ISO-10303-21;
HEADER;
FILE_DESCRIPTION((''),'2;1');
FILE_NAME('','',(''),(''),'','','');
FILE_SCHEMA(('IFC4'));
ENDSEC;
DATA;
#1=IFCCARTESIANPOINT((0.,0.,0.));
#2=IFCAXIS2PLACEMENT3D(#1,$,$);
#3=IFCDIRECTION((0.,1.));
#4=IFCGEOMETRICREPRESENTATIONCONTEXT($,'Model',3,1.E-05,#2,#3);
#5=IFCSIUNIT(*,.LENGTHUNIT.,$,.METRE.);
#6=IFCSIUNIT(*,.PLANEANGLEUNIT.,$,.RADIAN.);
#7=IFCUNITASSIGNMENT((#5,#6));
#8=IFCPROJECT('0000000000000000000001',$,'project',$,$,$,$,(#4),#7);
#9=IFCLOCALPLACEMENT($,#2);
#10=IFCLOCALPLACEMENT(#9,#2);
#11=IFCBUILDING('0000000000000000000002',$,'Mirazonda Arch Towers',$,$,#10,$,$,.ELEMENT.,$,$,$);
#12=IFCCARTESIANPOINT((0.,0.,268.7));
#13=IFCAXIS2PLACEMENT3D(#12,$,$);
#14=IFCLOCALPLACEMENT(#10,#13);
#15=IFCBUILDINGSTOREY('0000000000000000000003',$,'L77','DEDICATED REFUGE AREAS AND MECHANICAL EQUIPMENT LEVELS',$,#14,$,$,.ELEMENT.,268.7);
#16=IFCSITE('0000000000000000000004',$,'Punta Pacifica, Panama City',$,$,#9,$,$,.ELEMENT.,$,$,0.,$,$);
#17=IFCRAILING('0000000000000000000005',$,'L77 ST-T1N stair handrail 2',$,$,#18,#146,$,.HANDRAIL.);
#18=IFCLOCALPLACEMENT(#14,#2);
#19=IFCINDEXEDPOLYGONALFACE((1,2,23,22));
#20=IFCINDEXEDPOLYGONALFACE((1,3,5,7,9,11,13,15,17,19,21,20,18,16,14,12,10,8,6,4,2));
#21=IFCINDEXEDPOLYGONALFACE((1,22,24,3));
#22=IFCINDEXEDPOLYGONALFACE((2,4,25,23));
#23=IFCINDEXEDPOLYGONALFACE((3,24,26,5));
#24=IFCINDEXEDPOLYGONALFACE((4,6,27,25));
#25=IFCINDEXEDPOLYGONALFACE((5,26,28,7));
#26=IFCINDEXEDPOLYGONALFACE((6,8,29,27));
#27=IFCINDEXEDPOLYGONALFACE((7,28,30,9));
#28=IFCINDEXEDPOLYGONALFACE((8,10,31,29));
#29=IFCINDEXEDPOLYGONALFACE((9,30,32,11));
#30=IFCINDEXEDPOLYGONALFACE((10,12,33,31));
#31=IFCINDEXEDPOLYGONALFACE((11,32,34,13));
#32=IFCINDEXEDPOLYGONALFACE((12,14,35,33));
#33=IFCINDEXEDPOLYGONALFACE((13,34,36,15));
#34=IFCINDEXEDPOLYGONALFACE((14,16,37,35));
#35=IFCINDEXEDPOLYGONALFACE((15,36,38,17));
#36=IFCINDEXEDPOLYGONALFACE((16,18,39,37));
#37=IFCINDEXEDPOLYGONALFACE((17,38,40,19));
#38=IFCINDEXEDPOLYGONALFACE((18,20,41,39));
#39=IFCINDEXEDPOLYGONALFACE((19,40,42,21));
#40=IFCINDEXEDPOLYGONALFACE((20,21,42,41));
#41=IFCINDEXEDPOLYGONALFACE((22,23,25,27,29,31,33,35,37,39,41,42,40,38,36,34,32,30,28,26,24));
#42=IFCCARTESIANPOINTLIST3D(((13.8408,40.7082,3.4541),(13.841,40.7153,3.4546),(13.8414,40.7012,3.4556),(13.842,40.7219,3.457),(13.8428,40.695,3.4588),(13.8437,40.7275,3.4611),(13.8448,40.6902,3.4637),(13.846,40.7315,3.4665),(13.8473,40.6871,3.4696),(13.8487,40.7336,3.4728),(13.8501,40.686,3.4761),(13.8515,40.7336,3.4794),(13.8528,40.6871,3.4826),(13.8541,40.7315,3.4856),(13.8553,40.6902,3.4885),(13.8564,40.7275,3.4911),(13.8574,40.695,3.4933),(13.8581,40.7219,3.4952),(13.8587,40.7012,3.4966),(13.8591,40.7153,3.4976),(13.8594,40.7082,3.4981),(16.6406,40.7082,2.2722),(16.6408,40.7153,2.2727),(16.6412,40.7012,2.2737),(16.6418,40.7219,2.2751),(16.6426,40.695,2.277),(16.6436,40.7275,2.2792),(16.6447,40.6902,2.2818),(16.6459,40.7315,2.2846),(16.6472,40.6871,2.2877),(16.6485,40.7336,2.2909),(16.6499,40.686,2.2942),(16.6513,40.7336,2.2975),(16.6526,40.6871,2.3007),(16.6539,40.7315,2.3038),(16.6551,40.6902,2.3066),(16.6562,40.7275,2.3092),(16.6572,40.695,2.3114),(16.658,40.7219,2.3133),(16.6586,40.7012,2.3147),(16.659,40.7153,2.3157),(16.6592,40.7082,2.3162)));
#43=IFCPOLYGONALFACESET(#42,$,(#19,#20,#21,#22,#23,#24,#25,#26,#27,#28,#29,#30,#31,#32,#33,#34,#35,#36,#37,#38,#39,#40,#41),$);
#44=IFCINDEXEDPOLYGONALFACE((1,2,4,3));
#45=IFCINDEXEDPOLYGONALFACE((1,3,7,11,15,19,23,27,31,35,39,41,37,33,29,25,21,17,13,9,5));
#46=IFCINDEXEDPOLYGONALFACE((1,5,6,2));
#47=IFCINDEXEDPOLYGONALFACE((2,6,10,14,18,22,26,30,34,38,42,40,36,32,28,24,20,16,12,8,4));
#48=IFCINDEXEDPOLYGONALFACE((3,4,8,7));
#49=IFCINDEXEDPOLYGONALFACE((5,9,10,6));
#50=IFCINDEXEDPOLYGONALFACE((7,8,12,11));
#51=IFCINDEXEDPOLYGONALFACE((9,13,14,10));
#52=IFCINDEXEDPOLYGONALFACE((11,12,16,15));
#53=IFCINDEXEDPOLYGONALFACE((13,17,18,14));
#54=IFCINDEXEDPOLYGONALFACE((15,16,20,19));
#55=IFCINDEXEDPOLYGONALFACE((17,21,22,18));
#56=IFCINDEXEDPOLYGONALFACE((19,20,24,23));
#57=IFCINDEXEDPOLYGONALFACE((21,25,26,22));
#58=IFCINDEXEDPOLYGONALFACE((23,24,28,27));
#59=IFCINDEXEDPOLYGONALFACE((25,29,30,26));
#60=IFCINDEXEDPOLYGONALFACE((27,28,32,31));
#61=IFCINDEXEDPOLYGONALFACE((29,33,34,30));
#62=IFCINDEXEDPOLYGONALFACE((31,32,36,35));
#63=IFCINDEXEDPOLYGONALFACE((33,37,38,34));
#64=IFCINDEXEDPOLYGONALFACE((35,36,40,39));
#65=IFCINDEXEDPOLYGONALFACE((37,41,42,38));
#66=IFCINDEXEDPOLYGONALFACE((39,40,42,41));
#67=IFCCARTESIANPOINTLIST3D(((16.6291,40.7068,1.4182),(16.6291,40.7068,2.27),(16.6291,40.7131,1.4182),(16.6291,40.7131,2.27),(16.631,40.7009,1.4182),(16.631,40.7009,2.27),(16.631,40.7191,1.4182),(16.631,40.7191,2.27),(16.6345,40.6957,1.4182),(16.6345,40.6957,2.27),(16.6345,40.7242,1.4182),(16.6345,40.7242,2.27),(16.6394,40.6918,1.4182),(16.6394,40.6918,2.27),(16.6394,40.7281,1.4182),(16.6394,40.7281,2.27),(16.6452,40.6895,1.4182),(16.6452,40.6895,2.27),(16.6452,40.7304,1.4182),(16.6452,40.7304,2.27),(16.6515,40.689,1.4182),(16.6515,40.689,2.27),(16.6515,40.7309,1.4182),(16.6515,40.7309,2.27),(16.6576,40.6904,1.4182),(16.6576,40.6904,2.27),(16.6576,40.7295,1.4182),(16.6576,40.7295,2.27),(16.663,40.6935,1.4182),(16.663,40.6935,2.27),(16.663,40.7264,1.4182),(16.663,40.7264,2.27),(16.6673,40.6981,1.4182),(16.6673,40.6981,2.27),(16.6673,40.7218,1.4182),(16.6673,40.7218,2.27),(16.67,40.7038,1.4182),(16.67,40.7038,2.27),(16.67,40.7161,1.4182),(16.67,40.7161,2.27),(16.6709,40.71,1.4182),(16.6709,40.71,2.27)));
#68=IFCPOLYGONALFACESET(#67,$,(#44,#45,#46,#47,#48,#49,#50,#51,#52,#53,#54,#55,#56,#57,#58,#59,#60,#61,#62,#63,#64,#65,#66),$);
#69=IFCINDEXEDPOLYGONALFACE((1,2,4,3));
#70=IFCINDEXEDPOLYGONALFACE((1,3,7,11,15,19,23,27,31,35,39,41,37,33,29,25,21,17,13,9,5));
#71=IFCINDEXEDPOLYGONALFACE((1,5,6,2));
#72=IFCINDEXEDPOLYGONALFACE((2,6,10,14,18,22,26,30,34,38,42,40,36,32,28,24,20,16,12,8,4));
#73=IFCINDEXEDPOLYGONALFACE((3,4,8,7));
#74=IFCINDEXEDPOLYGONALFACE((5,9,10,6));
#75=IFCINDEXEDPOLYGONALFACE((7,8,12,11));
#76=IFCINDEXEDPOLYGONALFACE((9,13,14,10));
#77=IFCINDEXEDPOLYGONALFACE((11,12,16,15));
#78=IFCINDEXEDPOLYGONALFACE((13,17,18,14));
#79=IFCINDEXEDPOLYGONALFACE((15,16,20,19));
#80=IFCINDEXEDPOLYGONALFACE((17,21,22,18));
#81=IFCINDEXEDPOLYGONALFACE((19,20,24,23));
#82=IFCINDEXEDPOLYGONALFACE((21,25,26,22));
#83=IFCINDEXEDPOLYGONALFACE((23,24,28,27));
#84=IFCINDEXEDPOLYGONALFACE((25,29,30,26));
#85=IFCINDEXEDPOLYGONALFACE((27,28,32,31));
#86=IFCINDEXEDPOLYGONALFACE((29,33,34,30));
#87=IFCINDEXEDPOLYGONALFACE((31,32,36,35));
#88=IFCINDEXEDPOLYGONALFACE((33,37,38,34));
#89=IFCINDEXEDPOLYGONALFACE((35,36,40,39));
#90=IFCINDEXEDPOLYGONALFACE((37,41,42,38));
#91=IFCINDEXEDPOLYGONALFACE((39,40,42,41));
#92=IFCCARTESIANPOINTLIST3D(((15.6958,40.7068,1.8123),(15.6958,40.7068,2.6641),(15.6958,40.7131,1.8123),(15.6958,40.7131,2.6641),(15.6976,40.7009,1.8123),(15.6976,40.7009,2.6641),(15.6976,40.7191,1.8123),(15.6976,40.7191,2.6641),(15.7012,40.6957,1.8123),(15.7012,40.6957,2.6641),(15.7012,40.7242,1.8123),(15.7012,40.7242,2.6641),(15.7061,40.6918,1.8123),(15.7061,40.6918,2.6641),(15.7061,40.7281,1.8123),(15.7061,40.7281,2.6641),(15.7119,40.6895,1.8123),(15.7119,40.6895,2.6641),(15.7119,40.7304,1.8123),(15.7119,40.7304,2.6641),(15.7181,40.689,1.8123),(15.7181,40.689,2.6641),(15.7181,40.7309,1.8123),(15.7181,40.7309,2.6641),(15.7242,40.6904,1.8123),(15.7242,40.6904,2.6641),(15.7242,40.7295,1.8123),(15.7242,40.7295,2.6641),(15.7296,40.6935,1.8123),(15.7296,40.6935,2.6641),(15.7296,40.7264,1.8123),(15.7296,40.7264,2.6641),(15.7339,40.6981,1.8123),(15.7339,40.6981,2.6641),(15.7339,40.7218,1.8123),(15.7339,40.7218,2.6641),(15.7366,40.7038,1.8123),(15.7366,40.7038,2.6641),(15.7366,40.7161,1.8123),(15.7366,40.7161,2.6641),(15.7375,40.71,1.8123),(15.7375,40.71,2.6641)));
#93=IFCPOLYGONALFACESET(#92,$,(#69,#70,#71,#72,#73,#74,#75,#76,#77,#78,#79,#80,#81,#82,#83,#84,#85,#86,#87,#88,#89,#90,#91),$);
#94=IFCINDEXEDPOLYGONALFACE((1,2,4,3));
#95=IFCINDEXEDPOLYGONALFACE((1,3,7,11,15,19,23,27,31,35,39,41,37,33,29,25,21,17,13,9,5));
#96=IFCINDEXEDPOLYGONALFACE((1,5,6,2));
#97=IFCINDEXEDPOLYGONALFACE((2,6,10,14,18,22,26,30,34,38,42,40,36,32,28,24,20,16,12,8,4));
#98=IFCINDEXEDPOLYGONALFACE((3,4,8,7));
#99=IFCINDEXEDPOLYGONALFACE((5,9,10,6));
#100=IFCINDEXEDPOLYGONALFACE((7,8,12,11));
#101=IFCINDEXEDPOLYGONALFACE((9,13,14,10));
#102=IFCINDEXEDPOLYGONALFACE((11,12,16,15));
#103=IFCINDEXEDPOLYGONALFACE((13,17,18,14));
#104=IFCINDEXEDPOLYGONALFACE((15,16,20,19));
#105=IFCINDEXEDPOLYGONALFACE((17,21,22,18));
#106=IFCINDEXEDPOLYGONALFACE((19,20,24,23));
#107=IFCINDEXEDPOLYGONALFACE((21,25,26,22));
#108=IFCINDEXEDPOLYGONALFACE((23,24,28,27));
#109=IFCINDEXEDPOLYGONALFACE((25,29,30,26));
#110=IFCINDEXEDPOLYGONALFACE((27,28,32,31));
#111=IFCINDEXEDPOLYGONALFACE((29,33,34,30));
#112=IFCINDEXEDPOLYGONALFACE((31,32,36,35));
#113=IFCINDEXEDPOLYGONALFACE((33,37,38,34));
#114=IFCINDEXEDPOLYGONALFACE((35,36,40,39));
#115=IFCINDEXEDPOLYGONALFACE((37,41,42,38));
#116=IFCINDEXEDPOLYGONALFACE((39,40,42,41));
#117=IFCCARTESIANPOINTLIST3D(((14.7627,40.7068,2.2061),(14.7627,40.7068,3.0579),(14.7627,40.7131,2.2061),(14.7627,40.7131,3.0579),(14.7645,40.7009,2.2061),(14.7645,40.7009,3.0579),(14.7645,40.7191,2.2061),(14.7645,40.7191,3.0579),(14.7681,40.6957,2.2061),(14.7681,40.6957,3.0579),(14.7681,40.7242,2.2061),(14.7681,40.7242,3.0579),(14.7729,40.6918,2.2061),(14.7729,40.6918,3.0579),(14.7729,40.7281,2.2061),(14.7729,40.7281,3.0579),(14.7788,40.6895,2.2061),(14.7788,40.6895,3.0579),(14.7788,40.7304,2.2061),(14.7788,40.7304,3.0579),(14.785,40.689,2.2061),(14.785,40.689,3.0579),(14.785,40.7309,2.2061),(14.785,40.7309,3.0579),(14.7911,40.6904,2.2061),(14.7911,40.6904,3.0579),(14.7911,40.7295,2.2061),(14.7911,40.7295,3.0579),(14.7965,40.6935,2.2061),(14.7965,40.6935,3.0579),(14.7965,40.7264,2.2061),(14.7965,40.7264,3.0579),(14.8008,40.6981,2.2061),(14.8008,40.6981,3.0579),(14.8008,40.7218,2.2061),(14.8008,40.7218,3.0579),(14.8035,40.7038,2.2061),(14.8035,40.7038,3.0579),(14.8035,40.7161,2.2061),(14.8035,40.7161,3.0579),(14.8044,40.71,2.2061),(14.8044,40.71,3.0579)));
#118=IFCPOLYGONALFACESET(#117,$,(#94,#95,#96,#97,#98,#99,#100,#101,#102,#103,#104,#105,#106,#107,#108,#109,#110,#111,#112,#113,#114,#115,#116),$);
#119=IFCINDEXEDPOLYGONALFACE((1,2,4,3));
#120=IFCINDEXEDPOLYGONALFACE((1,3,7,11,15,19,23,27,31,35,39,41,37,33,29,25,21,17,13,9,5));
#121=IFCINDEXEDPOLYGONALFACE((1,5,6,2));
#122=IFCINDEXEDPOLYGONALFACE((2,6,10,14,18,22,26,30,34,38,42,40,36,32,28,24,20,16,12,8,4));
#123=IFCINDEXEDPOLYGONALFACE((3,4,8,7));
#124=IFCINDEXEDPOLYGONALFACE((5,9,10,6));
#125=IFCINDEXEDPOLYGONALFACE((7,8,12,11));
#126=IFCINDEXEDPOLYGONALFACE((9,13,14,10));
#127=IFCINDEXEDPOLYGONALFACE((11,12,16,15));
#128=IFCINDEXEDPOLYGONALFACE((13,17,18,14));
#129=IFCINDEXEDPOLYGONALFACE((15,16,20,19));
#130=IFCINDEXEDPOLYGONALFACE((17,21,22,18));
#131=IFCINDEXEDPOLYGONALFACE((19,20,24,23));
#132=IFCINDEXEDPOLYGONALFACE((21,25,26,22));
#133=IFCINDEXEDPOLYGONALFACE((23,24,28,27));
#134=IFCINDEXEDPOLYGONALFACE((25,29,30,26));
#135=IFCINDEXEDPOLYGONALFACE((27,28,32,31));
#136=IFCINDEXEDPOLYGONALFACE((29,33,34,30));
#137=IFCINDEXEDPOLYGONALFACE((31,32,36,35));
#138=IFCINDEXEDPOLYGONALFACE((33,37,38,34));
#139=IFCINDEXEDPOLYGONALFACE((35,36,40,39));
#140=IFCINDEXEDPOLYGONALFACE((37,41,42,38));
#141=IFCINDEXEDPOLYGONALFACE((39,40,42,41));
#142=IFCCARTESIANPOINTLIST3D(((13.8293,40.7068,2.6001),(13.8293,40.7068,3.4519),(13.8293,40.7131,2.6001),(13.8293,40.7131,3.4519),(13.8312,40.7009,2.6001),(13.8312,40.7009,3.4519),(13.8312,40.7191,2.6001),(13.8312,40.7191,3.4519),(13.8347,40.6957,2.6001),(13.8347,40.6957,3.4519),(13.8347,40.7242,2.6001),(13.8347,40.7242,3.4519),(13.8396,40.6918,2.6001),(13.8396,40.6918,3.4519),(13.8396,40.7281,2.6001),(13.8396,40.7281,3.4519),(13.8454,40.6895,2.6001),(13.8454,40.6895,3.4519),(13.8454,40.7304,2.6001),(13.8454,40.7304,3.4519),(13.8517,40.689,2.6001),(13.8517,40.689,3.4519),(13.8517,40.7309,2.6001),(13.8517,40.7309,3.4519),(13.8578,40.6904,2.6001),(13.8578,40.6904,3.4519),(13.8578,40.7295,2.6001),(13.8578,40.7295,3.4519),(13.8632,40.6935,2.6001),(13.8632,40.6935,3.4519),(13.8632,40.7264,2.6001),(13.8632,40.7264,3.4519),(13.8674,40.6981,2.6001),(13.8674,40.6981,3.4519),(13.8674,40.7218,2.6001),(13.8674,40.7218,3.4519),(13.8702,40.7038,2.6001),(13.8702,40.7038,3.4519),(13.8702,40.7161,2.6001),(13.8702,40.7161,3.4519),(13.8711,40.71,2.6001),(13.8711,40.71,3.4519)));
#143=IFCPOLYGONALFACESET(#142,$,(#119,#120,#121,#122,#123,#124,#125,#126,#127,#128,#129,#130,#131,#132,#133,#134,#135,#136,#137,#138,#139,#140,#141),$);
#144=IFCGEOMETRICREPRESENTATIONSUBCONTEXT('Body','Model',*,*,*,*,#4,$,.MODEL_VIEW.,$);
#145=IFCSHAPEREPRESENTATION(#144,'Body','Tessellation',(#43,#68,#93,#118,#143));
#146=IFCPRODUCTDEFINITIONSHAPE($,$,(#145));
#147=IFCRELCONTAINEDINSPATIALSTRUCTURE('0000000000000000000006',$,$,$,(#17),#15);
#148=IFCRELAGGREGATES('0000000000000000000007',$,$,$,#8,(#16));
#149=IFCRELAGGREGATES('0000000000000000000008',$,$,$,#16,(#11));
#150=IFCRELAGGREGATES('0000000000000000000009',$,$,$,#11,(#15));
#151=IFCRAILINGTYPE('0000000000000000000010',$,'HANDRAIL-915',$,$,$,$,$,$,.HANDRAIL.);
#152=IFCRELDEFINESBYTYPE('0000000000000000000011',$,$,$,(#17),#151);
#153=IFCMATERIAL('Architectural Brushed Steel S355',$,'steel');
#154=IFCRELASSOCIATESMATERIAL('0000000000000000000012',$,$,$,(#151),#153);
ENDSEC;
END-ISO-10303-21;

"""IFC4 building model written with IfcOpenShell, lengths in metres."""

from ifc_helpers import new_model, si_unit, direction, frame, origin, origin_2d, place, context, subcontext, project, spatial, circle, extrude, material, type_object, element, save


model = new_model("IFC4")

# Units and contexts
model_context = context("Model", 3, precision=1e-05, world=origin(), true_north=direction((0.0, 1.0)))
body_context = subcontext(model_context, "Body", "Model", "MODEL_VIEW")
ifc_project = project(units=[si_unit("LENGTHUNIT", "METRE"), si_unit("PLANEANGLEUNIT", "RADIAN")], contexts=[model_context])

# Site, building, storey
site_placement = place(None, origin())
site = spatial("IfcSite", under=ifc_project, at=site_placement, Name="Punta Pacifica, Panama City", CompositionType="ELEMENT", RefElevation=0.0)
building_placement = place(site_placement, origin())
building = spatial("IfcBuilding", under=site, at=building_placement, Name="Mirazonda Arch Towers", CompositionType="ELEMENT")
storey_placement = place(building_placement, frame((0.0, 0.0, 268.7)))
storey = spatial("IfcBuildingStorey", under=building, at=storey_placement, Name="L77", Description="DEDICATED REFUGE AREAS AND MECHANICAL EQUIPMENT LEVELS", CompositionType="ELEMENT", Elevation=268.7)

# Shared definitions
ifc_material_1 = material(Name="Architectural Brushed Steel S355", Category="steel")

# Railing
railing_type_1 = type_object("IfcRailingType", Name="HANDRAIL-915", PredefinedType="HANDRAIL", material=ifc_material_1)
railing_1_placement = place(storey_placement, frame((16.6499, 40.71, 1.4182)))
element("IfcRailing", 1, at=railing_1_placement, inside=storey, type_object=railing_type_1, Name="L77 ST-T1N stair handrail 2", PredefinedType="HANDRAIL", context=body_context, shape_type="SweptSolid", body=[
    extrude(circle(Radius=0.0239, at=origin_2d()), frame((0.0, 0.0, 0.876), z_axis=(-0.92128, 0.0, 0.388901), x_axis=(0.0, -1.0, 0.0)), (0.0, 0.0, 1.0), 3.0391),
    extrude(circle(Radius=0.021, at=origin_2d()), origin(), (0.0, 0.0, 1.0), 0.8518),
    extrude(circle(Radius=0.021, at=origin_2d()), frame((-0.9333, 0.0, 0.394)), (0.0, 0.0, 1.0), 0.8518),
    extrude(circle(Radius=0.021, at=origin_2d()), frame((-1.8665, 0.0, 0.7878)), (0.0, 0.0, 1.0), 0.8518),
    extrude(circle(Radius=0.021, at=origin_2d()), frame((-2.7998, 0.0, 1.1819)), (0.0, 0.0, 1.0), 0.8518),
])

save(model, "model.ifc")
